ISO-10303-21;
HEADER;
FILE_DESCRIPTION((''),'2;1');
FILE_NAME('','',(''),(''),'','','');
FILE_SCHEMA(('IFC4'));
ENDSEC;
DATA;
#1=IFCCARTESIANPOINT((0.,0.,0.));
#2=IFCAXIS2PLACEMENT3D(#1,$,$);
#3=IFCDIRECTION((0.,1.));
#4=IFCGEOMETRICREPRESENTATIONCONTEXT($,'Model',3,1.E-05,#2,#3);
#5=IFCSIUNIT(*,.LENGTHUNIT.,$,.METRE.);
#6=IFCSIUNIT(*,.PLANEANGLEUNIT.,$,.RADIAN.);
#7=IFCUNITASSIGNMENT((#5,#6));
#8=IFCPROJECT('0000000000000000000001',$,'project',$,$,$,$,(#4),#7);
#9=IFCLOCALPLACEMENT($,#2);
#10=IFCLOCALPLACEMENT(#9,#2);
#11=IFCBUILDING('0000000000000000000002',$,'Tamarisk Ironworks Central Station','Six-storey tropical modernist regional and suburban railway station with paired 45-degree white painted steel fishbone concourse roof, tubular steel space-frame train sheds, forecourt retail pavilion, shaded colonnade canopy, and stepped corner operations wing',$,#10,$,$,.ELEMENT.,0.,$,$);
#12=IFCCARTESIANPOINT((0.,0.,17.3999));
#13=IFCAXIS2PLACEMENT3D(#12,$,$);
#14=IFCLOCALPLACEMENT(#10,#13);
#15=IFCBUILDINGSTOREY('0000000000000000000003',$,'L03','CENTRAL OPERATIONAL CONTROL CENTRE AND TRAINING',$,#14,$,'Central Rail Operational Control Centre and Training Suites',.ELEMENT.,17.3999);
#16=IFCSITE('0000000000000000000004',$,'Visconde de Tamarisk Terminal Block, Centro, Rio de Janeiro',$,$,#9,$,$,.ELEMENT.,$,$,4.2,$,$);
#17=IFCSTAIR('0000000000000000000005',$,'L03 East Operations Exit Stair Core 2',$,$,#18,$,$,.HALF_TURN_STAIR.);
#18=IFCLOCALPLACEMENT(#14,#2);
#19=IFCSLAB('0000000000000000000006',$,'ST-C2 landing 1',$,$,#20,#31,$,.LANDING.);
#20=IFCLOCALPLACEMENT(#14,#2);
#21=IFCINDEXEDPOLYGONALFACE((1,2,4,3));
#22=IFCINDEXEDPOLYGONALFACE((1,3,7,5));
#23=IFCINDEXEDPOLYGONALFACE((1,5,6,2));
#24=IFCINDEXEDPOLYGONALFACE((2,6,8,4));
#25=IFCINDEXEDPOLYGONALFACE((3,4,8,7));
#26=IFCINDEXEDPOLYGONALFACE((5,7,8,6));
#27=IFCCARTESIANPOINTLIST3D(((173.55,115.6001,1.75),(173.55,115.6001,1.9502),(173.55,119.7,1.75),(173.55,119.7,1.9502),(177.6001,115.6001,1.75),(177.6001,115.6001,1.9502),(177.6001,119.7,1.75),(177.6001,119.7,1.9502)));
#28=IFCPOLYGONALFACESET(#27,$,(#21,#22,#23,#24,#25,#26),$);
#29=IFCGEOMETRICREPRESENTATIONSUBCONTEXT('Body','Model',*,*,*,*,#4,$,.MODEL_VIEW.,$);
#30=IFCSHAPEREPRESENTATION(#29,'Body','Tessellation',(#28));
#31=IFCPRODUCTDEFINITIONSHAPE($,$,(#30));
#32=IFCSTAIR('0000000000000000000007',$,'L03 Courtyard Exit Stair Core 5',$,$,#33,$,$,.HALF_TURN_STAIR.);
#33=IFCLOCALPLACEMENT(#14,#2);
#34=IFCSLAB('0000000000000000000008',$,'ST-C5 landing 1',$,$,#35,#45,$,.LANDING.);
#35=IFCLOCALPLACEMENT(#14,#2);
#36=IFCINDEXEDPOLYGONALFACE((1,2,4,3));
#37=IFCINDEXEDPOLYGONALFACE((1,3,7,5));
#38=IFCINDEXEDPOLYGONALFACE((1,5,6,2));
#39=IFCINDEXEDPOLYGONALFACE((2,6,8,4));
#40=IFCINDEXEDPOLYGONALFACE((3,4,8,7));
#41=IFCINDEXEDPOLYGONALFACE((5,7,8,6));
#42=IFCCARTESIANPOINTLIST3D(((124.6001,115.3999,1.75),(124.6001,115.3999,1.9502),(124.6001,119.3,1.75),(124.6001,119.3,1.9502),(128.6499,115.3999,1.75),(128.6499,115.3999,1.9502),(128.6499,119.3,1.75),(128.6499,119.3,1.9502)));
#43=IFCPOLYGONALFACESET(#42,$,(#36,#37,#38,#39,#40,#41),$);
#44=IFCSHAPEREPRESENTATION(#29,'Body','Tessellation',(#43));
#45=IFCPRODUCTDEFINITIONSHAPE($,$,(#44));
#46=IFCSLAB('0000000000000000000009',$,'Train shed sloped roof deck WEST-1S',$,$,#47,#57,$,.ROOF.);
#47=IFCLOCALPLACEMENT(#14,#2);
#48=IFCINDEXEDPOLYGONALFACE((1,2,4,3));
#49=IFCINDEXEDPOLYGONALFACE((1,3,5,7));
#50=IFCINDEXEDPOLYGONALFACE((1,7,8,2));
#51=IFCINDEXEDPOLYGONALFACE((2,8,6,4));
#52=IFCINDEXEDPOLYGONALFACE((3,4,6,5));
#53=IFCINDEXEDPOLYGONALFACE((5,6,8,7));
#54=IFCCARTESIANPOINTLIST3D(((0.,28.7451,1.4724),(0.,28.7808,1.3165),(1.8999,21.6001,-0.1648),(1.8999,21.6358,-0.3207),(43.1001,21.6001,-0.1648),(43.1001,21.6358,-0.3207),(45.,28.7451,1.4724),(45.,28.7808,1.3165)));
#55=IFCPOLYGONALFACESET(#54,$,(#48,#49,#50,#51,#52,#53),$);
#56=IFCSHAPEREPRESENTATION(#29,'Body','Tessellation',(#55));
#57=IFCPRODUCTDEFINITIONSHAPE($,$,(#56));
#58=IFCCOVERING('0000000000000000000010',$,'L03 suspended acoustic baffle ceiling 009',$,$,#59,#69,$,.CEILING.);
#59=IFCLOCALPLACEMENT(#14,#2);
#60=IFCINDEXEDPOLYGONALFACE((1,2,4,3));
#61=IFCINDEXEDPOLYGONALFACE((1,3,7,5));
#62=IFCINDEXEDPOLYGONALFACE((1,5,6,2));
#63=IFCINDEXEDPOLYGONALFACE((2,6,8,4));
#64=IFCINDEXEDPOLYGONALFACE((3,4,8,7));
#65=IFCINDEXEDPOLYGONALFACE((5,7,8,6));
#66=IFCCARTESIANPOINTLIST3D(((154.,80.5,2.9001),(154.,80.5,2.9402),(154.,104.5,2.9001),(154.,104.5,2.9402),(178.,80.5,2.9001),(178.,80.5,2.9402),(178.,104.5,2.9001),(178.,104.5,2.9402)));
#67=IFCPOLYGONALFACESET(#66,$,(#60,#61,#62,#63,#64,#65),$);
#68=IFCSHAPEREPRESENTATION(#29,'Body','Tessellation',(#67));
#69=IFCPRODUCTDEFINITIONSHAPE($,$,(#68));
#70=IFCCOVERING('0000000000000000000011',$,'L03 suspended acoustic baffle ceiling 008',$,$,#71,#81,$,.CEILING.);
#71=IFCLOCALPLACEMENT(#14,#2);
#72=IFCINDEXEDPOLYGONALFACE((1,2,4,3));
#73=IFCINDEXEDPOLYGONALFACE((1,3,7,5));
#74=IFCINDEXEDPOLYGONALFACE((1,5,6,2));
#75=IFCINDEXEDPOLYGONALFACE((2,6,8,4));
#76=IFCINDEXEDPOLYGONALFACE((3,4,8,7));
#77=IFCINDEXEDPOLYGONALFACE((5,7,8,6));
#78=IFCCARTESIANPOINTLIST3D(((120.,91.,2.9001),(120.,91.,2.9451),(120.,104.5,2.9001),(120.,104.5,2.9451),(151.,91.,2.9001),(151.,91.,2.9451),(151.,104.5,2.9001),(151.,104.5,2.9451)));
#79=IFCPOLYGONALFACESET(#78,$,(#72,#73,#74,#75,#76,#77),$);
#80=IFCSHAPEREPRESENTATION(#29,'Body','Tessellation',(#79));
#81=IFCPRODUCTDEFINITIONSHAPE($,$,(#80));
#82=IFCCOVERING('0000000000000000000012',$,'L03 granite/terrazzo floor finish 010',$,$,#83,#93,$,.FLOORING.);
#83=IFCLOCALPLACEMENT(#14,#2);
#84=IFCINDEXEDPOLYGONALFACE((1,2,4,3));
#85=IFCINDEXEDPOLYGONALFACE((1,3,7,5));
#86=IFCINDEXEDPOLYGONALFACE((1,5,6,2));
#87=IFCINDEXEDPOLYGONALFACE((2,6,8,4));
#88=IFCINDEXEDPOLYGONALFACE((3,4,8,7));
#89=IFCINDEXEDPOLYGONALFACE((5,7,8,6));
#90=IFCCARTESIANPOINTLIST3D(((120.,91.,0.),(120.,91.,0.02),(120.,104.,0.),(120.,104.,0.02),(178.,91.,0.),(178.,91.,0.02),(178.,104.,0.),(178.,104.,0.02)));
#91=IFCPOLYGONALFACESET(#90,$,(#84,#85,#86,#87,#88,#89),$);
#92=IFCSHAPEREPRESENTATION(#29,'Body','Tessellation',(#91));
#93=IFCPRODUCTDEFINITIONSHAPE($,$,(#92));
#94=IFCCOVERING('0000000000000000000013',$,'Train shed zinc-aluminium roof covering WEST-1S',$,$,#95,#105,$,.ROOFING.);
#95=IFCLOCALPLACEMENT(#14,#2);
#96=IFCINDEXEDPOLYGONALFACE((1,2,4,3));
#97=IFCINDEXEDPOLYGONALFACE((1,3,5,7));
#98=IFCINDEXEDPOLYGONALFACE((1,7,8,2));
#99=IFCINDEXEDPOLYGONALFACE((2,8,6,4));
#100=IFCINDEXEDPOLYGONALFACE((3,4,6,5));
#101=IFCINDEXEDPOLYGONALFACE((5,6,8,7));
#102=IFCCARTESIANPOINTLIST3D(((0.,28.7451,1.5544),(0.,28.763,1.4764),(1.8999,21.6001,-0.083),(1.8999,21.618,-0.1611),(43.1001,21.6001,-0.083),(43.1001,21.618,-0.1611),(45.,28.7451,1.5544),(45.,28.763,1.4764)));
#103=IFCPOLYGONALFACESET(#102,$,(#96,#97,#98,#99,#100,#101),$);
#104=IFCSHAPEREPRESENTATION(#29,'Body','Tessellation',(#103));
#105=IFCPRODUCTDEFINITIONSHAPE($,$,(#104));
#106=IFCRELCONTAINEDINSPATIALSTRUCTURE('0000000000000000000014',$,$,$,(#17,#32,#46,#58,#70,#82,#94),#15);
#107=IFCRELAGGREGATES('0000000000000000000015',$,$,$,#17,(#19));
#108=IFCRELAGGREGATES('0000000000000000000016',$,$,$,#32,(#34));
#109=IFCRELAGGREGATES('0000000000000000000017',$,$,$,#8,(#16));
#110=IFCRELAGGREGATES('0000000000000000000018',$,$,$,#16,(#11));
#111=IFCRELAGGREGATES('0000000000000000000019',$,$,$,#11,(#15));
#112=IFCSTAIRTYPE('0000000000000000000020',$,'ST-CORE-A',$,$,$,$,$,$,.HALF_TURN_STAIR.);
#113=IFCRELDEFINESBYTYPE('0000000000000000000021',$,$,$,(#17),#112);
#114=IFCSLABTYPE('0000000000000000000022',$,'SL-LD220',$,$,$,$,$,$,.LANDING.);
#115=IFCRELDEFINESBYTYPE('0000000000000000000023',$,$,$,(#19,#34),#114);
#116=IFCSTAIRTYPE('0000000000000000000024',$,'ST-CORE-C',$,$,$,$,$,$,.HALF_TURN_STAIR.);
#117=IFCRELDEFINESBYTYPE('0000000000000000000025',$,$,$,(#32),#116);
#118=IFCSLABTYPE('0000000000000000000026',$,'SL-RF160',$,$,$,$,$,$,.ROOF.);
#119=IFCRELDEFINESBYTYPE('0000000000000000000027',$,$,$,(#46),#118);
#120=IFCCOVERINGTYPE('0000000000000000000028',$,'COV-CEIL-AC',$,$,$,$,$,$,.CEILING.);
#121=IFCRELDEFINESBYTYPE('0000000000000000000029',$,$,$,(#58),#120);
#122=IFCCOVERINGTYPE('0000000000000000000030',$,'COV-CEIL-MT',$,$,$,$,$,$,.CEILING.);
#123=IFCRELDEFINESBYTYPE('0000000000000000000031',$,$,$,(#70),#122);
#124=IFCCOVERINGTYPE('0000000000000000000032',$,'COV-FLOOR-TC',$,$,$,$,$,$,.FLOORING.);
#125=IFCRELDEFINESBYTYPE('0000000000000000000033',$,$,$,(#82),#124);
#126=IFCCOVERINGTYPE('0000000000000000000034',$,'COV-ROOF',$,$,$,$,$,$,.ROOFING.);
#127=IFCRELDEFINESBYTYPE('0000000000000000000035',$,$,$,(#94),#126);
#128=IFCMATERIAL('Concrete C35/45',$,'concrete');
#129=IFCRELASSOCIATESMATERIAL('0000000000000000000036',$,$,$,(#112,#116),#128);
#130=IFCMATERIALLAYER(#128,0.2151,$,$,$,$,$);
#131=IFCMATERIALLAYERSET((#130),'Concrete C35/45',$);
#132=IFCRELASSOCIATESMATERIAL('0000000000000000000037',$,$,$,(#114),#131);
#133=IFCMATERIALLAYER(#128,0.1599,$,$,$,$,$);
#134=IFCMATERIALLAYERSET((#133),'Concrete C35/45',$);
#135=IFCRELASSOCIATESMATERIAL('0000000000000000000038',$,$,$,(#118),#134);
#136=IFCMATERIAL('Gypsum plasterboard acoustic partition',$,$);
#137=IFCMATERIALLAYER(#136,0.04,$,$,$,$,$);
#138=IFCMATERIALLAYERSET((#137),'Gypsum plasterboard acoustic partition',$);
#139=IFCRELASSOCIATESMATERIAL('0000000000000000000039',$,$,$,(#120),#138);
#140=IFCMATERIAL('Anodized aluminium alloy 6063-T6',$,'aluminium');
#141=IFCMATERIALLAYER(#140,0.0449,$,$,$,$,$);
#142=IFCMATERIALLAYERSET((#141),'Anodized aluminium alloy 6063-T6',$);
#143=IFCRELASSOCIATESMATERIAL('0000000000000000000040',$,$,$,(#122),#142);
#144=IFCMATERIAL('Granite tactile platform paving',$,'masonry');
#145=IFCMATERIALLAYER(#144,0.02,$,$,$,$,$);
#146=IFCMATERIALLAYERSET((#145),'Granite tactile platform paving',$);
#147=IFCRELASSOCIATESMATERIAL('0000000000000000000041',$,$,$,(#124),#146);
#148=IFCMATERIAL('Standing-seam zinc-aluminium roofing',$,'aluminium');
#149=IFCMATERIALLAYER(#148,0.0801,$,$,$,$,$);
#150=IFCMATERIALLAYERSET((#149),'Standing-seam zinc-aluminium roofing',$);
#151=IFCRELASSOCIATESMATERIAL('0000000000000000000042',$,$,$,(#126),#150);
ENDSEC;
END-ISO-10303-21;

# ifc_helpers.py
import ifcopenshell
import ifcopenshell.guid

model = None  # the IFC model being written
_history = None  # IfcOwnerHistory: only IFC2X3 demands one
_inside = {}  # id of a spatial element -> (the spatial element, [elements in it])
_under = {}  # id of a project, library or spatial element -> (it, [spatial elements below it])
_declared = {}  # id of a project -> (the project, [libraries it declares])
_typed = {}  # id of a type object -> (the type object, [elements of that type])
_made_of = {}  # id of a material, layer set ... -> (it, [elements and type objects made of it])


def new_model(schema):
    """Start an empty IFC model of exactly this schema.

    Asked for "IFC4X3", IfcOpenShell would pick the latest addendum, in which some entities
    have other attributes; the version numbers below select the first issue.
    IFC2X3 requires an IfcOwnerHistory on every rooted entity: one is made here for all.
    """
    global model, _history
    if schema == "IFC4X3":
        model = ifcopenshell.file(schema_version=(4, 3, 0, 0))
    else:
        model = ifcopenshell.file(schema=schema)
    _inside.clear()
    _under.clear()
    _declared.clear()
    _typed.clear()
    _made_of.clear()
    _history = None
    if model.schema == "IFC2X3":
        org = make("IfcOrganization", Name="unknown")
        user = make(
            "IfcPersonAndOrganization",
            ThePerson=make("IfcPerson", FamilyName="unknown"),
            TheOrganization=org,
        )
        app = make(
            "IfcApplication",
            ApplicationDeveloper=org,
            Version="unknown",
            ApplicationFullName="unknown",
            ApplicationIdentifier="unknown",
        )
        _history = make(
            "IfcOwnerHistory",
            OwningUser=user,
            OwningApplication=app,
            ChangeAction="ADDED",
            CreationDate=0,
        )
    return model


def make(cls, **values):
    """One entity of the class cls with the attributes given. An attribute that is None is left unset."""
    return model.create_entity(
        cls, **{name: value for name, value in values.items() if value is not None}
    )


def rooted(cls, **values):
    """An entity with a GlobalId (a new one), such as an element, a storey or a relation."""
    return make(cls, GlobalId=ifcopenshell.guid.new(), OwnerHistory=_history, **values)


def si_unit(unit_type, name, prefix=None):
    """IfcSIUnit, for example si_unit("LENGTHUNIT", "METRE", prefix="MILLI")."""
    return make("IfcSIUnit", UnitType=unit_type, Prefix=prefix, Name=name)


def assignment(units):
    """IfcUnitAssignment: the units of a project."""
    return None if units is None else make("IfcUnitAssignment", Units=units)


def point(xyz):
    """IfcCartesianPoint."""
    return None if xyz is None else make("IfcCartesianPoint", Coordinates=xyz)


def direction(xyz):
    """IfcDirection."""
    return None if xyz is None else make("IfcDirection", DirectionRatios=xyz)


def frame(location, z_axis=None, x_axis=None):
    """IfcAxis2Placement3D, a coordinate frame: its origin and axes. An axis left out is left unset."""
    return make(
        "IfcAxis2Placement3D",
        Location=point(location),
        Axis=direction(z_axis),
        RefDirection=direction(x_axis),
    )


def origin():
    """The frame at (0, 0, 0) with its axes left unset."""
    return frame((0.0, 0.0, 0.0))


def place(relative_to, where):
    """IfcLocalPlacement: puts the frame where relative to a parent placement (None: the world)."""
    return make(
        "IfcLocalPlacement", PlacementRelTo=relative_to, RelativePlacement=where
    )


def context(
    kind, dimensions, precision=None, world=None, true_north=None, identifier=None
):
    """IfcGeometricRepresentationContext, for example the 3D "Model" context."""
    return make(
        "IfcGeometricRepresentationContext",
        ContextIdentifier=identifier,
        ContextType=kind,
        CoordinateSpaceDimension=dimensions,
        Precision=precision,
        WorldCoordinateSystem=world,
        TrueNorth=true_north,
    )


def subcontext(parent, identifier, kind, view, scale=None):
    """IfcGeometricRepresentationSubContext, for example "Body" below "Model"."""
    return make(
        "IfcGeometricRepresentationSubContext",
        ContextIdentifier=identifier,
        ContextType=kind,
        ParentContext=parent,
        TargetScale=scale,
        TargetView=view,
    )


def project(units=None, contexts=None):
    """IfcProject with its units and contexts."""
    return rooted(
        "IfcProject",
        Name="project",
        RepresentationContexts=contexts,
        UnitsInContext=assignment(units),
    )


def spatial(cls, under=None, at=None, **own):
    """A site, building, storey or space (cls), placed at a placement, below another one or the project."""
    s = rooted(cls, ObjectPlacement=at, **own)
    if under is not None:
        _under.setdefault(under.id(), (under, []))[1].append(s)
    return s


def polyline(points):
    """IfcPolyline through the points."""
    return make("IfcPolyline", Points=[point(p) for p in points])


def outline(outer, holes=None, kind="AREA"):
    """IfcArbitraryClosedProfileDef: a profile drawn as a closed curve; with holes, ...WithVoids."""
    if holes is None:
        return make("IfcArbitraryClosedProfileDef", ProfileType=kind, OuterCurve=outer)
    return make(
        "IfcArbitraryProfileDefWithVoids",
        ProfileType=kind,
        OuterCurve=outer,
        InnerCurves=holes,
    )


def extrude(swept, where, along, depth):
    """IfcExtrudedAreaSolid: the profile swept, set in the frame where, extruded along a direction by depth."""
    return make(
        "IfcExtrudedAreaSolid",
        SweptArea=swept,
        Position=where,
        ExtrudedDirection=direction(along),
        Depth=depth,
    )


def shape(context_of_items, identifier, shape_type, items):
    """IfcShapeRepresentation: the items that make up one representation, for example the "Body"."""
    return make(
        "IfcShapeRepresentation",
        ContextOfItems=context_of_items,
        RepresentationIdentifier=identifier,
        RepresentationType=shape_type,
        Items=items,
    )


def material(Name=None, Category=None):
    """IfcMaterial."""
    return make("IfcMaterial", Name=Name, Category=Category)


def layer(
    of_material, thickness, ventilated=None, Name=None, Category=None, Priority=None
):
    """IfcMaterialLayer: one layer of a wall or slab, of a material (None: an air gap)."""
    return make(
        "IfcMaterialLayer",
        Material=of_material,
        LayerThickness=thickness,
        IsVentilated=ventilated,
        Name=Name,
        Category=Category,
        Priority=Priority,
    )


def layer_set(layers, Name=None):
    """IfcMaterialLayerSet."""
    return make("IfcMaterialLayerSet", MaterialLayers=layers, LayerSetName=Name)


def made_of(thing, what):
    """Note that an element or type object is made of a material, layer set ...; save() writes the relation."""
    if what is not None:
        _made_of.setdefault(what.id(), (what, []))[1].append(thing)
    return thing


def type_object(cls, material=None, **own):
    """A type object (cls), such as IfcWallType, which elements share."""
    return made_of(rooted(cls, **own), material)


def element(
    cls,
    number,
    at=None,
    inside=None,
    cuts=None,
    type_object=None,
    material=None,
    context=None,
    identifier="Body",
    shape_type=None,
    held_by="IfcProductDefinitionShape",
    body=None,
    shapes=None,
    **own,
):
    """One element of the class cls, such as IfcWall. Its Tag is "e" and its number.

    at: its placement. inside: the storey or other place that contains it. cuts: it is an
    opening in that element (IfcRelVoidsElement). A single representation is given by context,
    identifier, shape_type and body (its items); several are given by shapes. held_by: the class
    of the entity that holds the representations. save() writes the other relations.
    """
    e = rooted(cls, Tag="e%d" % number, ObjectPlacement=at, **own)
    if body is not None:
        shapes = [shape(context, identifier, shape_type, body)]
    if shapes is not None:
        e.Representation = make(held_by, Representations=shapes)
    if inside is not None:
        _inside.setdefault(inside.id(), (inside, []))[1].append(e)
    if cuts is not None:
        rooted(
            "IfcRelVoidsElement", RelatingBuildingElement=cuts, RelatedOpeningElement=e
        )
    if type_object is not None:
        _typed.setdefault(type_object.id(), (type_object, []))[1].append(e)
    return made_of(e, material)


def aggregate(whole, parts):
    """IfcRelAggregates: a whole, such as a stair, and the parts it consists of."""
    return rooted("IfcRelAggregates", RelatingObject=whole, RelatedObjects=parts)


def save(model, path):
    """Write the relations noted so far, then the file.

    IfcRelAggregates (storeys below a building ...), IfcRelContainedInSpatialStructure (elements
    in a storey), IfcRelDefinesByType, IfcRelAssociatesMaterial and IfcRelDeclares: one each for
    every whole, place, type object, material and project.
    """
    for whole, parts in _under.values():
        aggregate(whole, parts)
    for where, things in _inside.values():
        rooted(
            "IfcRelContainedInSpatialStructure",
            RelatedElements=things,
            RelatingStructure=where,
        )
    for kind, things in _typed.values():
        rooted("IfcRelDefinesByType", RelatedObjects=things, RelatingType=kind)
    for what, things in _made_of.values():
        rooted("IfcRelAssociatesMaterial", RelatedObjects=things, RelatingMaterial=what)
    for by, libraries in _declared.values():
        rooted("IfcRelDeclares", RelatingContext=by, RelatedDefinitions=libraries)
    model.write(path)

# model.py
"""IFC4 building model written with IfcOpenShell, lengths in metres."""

from ifc_helpers import new_model, si_unit, direction, frame, origin, place, context, subcontext, project, spatial, polyline, outline, extrude, material, layer, layer_set, type_object, element, aggregate, save


model = new_model("IFC4")

# Units and contexts
model_context = context("Model", 3, precision=1e-05, world=origin(), true_north=direction((0.0, 1.0)))
body_context = subcontext(model_context, "Body", "Model", "MODEL_VIEW")
ifc_project = project(units=[si_unit("LENGTHUNIT", "METRE"), si_unit("PLANEANGLEUNIT", "RADIAN")], contexts=[model_context])

# Site, building, storey
site_placement = place(None, origin())
site = spatial("IfcSite", under=ifc_project, at=site_placement, Name="Visconde de Tamarisk Terminal Block, Centro, Rio de Janeiro", CompositionType="ELEMENT", RefElevation=4.2)
building_placement = place(site_placement, origin())
building = spatial("IfcBuilding", under=site, at=building_placement, Name="Tamarisk Ironworks Central Station", Description="Six-storey tropical modernist regional and suburban railway station with paired 45-degree white painted steel fishbone concourse roof, tubular steel space-frame train sheds, forecourt retail pavilion, shaded colonnade canopy, and stepped corner operations wing", CompositionType="ELEMENT", ElevationOfRefHeight=0.0)
storey_placement = place(building_placement, frame((0.0, 0.0, 17.3999)))
storey = spatial("IfcBuildingStorey", under=building, at=storey_placement, Name="L03", Description="CENTRAL OPERATIONAL CONTROL CENTRE AND TRAINING", LongName="Central Rail Operational Control Centre and Training Suites", CompositionType="ELEMENT", Elevation=17.3999)

# Stairs, slabs
ifc_material_1 = material(Name="Concrete C35/45", Category="concrete")
stair_type_1 = type_object("IfcStairType", Name="ST-CORE-A", PredefinedType="HALF_TURN_STAIR", material=ifc_material_1)
stair_1_placement = place(storey_placement, origin())
stair_1 = element("IfcStair", 1, at=stair_1_placement, inside=storey, type_object=stair_type_1, Name="L03 East Operations Exit Stair Core 2", PredefinedType="HALF_TURN_STAIR")
ifc_layer_1 = layer(ifc_material_1, 0.2151)
ifc_layer_set_1 = layer_set([ifc_layer_1], Name="Concrete C35/45")
slab_type_1 = type_object("IfcSlabType", Name="SL-LD220", PredefinedType="LANDING", material=ifc_layer_set_1)
slab_1_placement = place(storey_placement, frame((0.0, 0.0, 1.75)))
slab_1 = element("IfcSlab", 2, at=slab_1_placement, type_object=slab_type_1, Name="ST-C2 landing 1", PredefinedType="LANDING", context=body_context, shape_type="SweptSolid", body=[
    extrude(outline(polyline([(173.55, 115.6001), (177.6001, 115.6001), (177.6001, 119.7), (173.55, 119.7), (173.55, 115.6001)])), origin(), (0.0, 0.0, 1.0), 0.2002),
])
aggregate(stair_1, [slab_1])
stair_type_2 = type_object("IfcStairType", Name="ST-CORE-C", PredefinedType="HALF_TURN_STAIR", material=ifc_material_1)
stair_2_placement = place(storey_placement, origin())
stair_2 = element("IfcStair", 3, at=stair_2_placement, inside=storey, type_object=stair_type_2, Name="L03 Courtyard Exit Stair Core 5", PredefinedType="HALF_TURN_STAIR")
slab_2_placement = place(storey_placement, frame((0.0, 0.0, 1.75)))
slab_2 = element("IfcSlab", 4, at=slab_2_placement, type_object=slab_type_1, Name="ST-C5 landing 1", PredefinedType="LANDING", context=body_context, shape_type="SweptSolid", body=[
    extrude(outline(polyline([(124.6001, 115.3999), (128.6499, 115.3999), (128.6499, 119.3), (124.6001, 119.3), (124.6001, 115.3999)])), origin(), (0.0, 0.0, 1.0), 0.2002),
])
aggregate(stair_2, [slab_2])

# Slab
ifc_layer_2 = layer(ifc_material_1, 0.1599)
ifc_layer_set_2 = layer_set([ifc_layer_2], Name="Concrete C35/45")
slab_type_2 = type_object("IfcSlabType", Name="SL-RF160", PredefinedType="ROOF", material=ifc_layer_set_2)
slab_3_placement = place(storey_placement, frame((1.8999, 21.6001, -0.1648), z_axis=(0.0, -0.223351, 0.974738), x_axis=(1.0, 0.0, 0.0)))
element("IfcSlab", 5, at=slab_3_placement, inside=storey, type_object=slab_type_2, Name="Train shed sloped roof deck WEST-1S", PredefinedType="ROOF", context=body_context, shape_type="SweptSolid", body=[
    extrude(outline(polyline([(0.0, 0.0), (41.2002, 0.0), (43.1001, 7.3302), (-1.8999, 7.3302), (0.0, 0.0)])), origin(), (0.0, 0.0, -1.0), 0.1599),
])

# Coverings
ifc_material_2 = material(Name="Gypsum plasterboard acoustic partition")
ifc_layer_3 = layer(ifc_material_2, 0.04)
ifc_layer_set_3 = layer_set([ifc_layer_3], Name="Gypsum plasterboard acoustic partition")
covering_type_1 = type_object("IfcCoveringType", Name="COV-CEIL-AC", PredefinedType="CEILING", material=ifc_layer_set_3)
covering_1_placement = place(storey_placement, frame((0.0, 0.0, 2.9001)))
element("IfcCovering", 6, at=covering_1_placement, inside=storey, type_object=covering_type_1, Name="L03 suspended acoustic baffle ceiling 009", PredefinedType="CEILING", context=body_context, shape_type="SweptSolid", body=[
    extrude(outline(polyline([(154.0, 80.5), (178.0, 80.5), (178.0, 104.5), (154.0, 104.5), (154.0, 80.5)])), origin(), (0.0, 0.0, 1.0), 0.04),
])
ifc_material_3 = material(Name="Anodized aluminium alloy 6063-T6", Category="aluminium")
ifc_layer_4 = layer(ifc_material_3, 0.0449)
ifc_layer_set_4 = layer_set([ifc_layer_4], Name="Anodized aluminium alloy 6063-T6")
covering_type_2 = type_object("IfcCoveringType", Name="COV-CEIL-MT", PredefinedType="CEILING", material=ifc_layer_set_4)
covering_2_placement = place(storey_placement, frame((0.0, 0.0, 2.9001)))
element("IfcCovering", 7, at=covering_2_placement, inside=storey, type_object=covering_type_2, Name="L03 suspended acoustic baffle ceiling 008", PredefinedType="CEILING", context=body_context, shape_type="SweptSolid", body=[
    extrude(outline(polyline([(120.0, 91.0), (151.0, 91.0), (151.0, 104.5), (120.0, 104.5), (120.0, 91.0)])), origin(), (0.0, 0.0, 1.0), 0.0449),
])
ifc_material_4 = material(Name="Granite tactile platform paving", Category="masonry")
ifc_layer_5 = layer(ifc_material_4, 0.02)
ifc_layer_set_5 = layer_set([ifc_layer_5], Name="Granite tactile platform paving")
covering_type_3 = type_object("IfcCoveringType", Name="COV-FLOOR-TC", PredefinedType="FLOORING", material=ifc_layer_set_5)
covering_3_placement = place(storey_placement, origin())
element("IfcCovering", 8, at=covering_3_placement, inside=storey, type_object=covering_type_3, Name="L03 granite/terrazzo floor finish 010", PredefinedType="FLOORING", context=body_context, shape_type="SweptSolid", body=[
    extrude(outline(polyline([(120.0, 91.0), (178.0, 91.0), (178.0, 104.0), (120.0, 104.0), (120.0, 91.0)])), origin(), (0.0, 0.0, 1.0), 0.02),
])
ifc_material_5 = material(Name="Standing-seam zinc-aluminium roofing", Category="aluminium")
ifc_layer_6 = layer(ifc_material_5, 0.0801)
ifc_layer_set_6 = layer_set([ifc_layer_6], Name="Standing-seam zinc-aluminium roofing")
covering_type_4 = type_object("IfcCoveringType", Name="COV-ROOF", PredefinedType="ROOFING", material=ifc_layer_set_6)
covering_4_placement = place(storey_placement, frame((1.8999, 21.6001, -0.083), z_axis=(0.0, -0.223383, 0.974731), x_axis=(1.0, 0.0, 0.0)))
element("IfcCovering", 9, at=covering_4_placement, inside=storey, type_object=covering_type_4, Name="Train shed zinc-aluminium roof covering WEST-1S", PredefinedType="ROOFING", context=body_context, shape_type="SweptSolid", body=[
    extrude(outline(polyline([(0.0, 0.0), (41.2002, 0.0), (43.1001, 7.3302), (-1.8999, 7.3302), (0.0, 0.0)])), origin(), (0.0, 0.0, -1.0), 0.0801),
])

save(model, "model.ifc")
